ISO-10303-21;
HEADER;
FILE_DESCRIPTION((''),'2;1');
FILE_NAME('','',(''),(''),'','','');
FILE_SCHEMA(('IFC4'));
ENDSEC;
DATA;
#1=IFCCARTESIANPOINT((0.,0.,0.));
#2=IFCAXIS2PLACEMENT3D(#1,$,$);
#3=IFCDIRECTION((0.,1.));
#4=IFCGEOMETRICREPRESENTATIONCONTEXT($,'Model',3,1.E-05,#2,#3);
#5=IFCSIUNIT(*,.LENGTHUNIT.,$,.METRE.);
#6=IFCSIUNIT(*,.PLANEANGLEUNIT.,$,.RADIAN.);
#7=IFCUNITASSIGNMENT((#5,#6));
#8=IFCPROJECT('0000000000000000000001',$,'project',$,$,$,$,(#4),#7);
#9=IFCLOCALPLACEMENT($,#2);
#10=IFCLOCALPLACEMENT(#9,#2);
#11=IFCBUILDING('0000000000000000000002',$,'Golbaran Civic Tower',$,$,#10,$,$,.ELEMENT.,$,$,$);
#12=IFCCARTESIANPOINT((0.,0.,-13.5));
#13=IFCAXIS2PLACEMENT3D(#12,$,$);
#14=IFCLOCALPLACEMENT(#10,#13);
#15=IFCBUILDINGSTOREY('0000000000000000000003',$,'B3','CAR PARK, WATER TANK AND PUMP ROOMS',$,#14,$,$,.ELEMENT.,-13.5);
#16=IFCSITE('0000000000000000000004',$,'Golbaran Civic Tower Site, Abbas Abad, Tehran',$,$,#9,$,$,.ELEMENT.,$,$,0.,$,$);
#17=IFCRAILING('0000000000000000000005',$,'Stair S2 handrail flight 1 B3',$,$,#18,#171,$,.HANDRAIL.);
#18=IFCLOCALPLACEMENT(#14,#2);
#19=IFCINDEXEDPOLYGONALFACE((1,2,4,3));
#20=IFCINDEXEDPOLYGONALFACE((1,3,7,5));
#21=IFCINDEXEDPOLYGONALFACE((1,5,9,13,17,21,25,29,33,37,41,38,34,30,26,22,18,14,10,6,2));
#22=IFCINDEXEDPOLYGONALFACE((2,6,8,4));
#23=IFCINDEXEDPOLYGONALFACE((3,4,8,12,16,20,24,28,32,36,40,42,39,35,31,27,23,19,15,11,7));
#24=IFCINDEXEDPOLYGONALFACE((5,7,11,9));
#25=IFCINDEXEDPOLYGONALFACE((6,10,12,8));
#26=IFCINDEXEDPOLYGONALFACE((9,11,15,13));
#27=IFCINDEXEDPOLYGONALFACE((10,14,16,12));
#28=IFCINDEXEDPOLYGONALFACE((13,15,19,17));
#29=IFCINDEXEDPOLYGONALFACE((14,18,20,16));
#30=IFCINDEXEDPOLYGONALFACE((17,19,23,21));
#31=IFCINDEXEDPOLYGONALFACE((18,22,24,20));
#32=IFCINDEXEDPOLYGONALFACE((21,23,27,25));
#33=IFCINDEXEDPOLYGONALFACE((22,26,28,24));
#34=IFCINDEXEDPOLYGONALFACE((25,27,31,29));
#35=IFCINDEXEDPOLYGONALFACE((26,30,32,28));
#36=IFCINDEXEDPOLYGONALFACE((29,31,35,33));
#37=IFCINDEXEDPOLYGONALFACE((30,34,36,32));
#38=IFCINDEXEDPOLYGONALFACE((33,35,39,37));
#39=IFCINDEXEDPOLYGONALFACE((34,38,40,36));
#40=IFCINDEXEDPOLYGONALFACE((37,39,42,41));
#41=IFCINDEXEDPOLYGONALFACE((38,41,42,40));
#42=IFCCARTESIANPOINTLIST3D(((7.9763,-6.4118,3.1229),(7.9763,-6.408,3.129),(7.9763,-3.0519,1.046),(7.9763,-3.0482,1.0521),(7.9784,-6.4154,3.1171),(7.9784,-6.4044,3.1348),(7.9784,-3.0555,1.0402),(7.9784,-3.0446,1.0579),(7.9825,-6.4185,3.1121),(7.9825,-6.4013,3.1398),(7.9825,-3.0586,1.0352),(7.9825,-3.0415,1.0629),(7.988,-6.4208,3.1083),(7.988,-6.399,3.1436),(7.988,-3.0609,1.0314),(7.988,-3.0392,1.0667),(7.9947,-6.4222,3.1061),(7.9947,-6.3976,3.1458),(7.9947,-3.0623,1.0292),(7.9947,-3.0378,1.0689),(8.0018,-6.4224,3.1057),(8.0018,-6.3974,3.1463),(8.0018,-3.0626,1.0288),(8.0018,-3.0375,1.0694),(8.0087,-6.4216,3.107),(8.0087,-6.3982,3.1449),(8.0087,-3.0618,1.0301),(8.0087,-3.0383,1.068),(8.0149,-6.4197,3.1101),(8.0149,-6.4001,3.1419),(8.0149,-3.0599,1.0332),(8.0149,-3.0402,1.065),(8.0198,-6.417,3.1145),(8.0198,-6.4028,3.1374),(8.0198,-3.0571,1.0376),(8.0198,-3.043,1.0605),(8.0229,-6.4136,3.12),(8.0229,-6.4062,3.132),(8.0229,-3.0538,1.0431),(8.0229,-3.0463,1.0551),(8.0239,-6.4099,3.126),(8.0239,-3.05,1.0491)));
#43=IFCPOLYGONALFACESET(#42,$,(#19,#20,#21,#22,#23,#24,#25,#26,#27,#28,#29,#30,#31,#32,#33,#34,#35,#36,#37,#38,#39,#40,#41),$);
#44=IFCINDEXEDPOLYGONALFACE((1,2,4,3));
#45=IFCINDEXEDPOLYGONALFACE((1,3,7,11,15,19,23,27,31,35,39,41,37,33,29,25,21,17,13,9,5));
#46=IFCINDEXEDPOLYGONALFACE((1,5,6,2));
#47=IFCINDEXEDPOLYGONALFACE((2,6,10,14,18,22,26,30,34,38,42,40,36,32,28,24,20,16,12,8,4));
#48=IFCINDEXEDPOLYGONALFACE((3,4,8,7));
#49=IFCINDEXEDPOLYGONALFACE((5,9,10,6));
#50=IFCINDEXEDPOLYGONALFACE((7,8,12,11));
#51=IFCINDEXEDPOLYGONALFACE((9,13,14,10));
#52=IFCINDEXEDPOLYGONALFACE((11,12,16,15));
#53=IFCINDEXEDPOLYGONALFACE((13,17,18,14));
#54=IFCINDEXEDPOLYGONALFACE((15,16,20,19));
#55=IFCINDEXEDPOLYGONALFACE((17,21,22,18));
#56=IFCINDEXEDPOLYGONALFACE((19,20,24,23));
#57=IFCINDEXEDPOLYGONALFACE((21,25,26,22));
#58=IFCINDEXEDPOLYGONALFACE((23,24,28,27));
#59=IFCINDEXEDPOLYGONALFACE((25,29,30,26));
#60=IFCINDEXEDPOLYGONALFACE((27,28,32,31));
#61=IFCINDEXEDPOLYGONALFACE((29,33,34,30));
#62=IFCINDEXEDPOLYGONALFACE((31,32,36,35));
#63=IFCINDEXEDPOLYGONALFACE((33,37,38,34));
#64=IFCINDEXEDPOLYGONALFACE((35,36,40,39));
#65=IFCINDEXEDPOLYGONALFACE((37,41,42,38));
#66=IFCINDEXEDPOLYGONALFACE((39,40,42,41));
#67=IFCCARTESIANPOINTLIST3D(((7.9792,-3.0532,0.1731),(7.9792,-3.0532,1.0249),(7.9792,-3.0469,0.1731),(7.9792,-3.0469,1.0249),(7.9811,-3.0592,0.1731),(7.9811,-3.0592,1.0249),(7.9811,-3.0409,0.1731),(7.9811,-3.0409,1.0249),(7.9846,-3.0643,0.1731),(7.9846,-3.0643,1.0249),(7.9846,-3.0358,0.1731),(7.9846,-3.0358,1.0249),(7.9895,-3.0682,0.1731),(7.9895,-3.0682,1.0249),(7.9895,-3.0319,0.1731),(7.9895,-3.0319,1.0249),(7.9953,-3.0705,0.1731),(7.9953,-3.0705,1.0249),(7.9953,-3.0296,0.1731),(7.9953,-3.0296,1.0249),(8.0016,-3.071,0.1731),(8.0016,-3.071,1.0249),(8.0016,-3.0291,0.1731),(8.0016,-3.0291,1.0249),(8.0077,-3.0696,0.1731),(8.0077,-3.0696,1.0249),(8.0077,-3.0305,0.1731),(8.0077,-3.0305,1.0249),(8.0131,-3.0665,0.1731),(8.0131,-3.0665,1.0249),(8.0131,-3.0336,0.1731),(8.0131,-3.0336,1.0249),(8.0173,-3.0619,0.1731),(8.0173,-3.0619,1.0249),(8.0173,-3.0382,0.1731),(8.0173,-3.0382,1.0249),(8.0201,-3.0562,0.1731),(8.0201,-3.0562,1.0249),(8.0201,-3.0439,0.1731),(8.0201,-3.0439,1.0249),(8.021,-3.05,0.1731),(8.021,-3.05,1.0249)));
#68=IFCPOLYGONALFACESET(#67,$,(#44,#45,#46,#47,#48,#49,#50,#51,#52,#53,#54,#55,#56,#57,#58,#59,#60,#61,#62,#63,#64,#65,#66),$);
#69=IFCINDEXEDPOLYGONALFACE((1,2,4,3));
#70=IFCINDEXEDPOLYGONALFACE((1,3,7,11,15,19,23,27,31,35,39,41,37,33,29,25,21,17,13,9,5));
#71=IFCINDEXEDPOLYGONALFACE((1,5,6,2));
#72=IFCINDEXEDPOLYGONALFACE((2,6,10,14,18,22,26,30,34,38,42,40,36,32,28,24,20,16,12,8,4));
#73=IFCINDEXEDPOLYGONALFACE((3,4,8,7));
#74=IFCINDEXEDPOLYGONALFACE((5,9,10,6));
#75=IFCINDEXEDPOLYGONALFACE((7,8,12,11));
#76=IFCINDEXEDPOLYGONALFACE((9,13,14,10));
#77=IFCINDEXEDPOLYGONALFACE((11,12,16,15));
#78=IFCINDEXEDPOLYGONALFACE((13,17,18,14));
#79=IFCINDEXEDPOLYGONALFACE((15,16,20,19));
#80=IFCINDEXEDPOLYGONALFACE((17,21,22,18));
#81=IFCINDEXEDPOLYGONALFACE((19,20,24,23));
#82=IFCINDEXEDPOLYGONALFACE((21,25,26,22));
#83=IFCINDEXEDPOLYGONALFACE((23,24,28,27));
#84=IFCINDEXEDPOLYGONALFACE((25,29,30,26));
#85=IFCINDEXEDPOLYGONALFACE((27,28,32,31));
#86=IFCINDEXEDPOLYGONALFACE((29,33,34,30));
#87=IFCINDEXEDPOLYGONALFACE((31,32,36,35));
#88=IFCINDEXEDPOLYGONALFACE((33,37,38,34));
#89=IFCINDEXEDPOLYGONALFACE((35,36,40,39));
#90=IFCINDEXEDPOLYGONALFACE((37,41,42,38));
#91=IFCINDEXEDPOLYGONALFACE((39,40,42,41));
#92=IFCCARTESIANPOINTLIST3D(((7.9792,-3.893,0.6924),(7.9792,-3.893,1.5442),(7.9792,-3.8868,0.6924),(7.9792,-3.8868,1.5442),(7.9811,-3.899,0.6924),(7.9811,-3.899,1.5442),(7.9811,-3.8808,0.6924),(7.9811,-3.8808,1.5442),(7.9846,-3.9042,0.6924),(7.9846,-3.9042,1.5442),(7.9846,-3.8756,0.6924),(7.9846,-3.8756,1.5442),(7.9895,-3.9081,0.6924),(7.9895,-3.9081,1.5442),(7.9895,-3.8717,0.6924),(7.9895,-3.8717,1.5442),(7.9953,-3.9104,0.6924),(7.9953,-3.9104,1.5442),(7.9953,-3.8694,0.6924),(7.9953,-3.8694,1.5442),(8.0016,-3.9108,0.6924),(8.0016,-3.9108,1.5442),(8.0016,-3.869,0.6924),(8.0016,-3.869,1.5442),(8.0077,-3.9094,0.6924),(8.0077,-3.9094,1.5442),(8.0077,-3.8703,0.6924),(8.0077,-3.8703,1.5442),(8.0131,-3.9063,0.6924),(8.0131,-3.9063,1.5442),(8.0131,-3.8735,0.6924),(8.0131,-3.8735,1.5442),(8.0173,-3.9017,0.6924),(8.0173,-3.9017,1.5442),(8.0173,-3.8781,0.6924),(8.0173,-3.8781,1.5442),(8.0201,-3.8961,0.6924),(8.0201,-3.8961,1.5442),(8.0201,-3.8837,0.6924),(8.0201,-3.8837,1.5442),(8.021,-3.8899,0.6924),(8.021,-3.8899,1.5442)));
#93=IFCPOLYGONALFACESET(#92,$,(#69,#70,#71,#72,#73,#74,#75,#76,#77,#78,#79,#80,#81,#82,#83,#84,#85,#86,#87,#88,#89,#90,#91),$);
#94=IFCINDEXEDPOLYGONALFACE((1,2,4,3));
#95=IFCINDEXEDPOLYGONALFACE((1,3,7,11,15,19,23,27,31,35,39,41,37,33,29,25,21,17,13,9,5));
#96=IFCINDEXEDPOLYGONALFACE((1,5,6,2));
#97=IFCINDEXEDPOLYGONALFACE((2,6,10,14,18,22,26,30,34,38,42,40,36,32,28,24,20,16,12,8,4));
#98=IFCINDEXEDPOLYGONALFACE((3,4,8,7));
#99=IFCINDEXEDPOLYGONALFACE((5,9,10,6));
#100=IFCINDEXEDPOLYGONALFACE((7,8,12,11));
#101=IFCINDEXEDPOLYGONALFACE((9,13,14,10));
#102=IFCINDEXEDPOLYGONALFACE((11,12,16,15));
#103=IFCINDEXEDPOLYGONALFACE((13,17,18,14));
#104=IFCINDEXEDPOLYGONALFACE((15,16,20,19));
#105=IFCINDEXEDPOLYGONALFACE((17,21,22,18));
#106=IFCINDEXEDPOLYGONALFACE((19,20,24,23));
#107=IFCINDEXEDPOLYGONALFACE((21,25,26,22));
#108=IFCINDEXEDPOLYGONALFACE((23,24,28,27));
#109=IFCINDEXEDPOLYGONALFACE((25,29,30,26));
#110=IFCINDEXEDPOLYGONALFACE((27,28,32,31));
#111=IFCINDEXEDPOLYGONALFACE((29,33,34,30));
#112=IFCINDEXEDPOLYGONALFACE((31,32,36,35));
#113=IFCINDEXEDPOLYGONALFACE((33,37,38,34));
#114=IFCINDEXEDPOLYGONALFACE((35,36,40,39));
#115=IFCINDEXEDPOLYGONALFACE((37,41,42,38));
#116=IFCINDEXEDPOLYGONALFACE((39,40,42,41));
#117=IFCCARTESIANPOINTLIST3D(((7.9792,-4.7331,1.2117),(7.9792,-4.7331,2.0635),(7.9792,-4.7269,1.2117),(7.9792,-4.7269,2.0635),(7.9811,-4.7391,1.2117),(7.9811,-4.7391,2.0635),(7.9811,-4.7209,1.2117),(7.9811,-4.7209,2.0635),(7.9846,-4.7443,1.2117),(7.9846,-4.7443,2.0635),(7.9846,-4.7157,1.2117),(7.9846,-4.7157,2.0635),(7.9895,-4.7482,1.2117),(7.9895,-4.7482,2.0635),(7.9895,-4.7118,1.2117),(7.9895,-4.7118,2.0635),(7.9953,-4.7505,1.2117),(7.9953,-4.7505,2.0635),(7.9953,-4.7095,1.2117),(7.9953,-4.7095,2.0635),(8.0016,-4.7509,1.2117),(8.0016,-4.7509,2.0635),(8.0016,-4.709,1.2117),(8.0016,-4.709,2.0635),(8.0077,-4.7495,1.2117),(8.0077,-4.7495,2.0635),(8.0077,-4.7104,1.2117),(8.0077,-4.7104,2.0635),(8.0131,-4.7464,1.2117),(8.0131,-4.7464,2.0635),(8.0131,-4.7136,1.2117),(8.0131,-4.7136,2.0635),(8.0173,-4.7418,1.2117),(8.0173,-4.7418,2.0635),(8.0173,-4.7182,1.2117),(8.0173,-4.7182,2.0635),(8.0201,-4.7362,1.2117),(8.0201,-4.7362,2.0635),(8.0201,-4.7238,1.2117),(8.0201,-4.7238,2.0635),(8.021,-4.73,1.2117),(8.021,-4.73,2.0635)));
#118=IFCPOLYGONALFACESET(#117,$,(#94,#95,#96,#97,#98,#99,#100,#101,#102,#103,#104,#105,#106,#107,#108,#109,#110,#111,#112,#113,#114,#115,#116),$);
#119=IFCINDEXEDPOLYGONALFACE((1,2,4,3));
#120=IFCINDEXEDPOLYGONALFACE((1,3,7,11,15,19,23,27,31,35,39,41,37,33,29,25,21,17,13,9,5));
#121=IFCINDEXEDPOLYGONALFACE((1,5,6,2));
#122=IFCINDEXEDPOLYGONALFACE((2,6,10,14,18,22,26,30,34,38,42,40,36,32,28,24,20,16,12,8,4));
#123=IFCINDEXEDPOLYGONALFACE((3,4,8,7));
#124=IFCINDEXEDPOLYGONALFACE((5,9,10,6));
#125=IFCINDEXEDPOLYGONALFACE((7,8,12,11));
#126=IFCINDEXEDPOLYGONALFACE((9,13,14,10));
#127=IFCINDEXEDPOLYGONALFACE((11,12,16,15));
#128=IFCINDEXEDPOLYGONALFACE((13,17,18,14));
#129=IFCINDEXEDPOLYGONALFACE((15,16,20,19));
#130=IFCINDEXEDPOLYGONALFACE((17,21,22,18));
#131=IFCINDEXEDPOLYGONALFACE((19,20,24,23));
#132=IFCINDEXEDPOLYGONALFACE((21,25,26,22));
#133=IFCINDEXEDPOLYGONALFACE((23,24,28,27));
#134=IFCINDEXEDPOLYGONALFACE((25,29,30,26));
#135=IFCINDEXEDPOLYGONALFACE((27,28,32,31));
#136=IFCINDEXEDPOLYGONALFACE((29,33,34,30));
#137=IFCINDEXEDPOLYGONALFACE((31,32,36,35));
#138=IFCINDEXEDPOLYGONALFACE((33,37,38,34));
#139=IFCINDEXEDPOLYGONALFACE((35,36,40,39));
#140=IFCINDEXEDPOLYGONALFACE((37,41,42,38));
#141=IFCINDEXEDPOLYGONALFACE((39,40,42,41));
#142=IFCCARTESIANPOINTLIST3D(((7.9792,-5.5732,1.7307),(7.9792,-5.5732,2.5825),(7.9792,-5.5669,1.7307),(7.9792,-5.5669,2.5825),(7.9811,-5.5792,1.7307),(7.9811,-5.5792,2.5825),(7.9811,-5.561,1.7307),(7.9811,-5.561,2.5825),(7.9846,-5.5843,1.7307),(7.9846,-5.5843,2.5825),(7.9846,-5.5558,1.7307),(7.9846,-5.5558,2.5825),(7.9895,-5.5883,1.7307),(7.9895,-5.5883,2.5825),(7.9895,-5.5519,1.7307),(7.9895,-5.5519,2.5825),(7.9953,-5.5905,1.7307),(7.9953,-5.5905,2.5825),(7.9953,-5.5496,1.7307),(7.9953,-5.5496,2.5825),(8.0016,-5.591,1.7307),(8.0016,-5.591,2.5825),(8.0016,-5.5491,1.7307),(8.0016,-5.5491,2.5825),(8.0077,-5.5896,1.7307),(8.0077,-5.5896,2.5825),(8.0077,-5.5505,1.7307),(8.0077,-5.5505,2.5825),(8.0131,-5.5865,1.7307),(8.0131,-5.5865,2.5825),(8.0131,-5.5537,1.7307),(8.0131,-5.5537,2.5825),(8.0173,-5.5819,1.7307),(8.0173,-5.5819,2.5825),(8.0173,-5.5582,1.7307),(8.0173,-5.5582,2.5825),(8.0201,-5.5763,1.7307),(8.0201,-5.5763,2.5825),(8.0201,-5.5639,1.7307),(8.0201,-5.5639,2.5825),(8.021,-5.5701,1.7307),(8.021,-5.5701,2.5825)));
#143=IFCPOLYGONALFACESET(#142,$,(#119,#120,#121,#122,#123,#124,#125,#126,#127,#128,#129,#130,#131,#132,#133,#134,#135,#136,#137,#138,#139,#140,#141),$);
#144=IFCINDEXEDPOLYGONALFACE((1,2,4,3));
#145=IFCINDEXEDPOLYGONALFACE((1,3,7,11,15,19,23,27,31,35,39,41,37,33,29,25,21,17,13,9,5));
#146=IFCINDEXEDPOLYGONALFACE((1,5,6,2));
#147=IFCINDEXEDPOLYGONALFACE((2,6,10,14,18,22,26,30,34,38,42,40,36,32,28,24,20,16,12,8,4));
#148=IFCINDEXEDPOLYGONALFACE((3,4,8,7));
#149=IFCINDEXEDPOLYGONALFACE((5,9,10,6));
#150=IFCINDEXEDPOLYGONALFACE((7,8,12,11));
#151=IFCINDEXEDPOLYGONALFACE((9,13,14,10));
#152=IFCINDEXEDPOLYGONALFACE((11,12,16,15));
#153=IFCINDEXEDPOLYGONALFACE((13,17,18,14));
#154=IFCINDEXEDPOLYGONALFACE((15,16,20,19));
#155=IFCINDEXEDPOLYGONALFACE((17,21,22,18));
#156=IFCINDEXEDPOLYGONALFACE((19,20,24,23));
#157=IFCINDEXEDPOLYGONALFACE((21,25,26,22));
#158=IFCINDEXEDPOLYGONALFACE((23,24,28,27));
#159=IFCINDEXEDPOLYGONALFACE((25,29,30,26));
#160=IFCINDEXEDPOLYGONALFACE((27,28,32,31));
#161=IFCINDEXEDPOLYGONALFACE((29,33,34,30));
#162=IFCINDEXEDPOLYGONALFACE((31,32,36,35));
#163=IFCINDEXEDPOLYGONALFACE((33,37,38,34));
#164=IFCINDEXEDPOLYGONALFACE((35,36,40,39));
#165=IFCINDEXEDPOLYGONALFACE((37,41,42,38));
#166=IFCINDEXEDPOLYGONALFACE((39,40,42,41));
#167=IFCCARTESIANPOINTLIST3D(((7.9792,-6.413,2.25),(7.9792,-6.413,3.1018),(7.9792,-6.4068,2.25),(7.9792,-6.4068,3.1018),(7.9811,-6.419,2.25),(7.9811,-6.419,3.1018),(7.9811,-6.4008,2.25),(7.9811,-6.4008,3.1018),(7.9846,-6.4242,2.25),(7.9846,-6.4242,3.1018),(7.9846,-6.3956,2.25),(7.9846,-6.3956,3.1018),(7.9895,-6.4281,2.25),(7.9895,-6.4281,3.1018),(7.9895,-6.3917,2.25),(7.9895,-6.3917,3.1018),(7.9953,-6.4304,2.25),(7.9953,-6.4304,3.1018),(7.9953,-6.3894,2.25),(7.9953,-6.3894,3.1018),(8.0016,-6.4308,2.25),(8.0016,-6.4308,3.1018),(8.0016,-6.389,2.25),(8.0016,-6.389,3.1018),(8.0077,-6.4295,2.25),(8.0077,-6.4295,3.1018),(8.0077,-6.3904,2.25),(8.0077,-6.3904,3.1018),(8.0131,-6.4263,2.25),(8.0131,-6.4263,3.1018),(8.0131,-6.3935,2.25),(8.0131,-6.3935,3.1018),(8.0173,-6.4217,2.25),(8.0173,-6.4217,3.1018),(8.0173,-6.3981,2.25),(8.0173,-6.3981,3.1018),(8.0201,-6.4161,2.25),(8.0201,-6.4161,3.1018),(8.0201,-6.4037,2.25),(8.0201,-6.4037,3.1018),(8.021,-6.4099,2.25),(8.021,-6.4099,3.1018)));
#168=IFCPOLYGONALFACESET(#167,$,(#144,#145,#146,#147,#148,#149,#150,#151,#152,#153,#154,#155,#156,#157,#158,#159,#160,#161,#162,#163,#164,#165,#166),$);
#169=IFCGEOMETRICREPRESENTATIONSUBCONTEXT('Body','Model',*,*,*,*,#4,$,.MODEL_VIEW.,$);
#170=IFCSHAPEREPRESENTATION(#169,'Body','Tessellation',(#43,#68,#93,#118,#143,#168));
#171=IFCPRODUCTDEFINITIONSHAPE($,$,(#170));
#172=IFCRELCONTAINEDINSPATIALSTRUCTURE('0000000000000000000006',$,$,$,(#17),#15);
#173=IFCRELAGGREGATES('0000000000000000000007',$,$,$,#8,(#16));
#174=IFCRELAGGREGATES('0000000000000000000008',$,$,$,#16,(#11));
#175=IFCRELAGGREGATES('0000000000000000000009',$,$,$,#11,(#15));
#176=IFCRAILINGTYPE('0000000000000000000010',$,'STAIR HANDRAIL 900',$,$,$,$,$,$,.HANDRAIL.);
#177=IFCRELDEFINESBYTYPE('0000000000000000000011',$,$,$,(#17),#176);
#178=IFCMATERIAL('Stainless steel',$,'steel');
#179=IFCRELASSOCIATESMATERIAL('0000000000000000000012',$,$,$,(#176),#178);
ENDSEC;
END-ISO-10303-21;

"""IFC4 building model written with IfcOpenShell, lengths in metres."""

from ifc_helpers import new_model, si_unit, direction, frame, origin, origin_2d, place, context, subcontext, project, spatial, circle, extrude, material, type_object, element, save


model = new_model("IFC4")

# Units and contexts
model_context = context("Model", 3, precision=1e-05, world=origin(), true_north=direction((0.0, 1.0)))
body_context = subcontext(model_context, "Body", "Model", "MODEL_VIEW")
ifc_project = project(units=[si_unit("LENGTHUNIT", "METRE"), si_unit("PLANEANGLEUNIT", "RADIAN")], contexts=[model_context])

# Site, building, storey
site_placement = place(None, origin())
site = spatial("IfcSite", under=ifc_project, at=site_placement, Name="Golbaran Civic Tower Site, Abbas Abad, Tehran", CompositionType="ELEMENT", RefElevation=0.0)
building_placement = place(site_placement, origin())
building = spatial("IfcBuilding", under=site, at=building_placement, Name="Golbaran Civic Tower", CompositionType="ELEMENT")
storey_placement = place(building_placement, frame((0.0, 0.0, -13.5)))
storey = spatial("IfcBuildingStorey", under=building, at=storey_placement, Name="B3", Description="CAR PARK, WATER TANK AND PUMP ROOMS", CompositionType="ELEMENT", Elevation=-13.5)

# Railing
ifc_material_1 = material(Name="Stainless steel", Category="steel")
railing_type = type_object("IfcRailingType", Name="STAIR HANDRAIL 900", PredefinedType="HANDRAIL", material=ifc_material_1)
railing_1_placement = place(storey_placement, frame((8.0, -3.05, 0.1731)))
element("IfcRailing", 1, at=railing_1_placement, inside=storey, type_object=railing_type, Name="Stair S2 handrail flight 1 B3", PredefinedType="HANDRAIL", context=body_context, shape_type="SweptSolid", body=[
    extrude(circle(Radius=0.0239, at=origin_2d()), frame((0.0, 0.0, 0.876), z_axis=(0.0, -0.850606, 0.525803), x_axis=(1.0, 0.0, 0.0)), (0.0, 0.0, 1.0), 3.95),
    extrude(circle(Radius=0.021, at=origin_2d()), origin(), (0.0, 0.0, 1.0), 0.8518),
    extrude(circle(Radius=0.021, at=origin_2d()), frame((0.0, -0.8398, 0.5193)), (0.0, 0.0, 1.0), 0.8518),
    extrude(circle(Radius=0.021, at=origin_2d()), frame((0.0, -1.6799, 1.0386)), (0.0, 0.0, 1.0), 0.8518),
    extrude(circle(Radius=0.021, at=origin_2d()), frame((0.0, -2.52, 1.5576)), (0.0, 0.0, 1.0), 0.8518),
    extrude(circle(Radius=0.021, at=origin_2d()), frame((0.0, -3.3599, 2.0769)), (0.0, 0.0, 1.0), 0.8518),
])

save(model, "model.ifc")
